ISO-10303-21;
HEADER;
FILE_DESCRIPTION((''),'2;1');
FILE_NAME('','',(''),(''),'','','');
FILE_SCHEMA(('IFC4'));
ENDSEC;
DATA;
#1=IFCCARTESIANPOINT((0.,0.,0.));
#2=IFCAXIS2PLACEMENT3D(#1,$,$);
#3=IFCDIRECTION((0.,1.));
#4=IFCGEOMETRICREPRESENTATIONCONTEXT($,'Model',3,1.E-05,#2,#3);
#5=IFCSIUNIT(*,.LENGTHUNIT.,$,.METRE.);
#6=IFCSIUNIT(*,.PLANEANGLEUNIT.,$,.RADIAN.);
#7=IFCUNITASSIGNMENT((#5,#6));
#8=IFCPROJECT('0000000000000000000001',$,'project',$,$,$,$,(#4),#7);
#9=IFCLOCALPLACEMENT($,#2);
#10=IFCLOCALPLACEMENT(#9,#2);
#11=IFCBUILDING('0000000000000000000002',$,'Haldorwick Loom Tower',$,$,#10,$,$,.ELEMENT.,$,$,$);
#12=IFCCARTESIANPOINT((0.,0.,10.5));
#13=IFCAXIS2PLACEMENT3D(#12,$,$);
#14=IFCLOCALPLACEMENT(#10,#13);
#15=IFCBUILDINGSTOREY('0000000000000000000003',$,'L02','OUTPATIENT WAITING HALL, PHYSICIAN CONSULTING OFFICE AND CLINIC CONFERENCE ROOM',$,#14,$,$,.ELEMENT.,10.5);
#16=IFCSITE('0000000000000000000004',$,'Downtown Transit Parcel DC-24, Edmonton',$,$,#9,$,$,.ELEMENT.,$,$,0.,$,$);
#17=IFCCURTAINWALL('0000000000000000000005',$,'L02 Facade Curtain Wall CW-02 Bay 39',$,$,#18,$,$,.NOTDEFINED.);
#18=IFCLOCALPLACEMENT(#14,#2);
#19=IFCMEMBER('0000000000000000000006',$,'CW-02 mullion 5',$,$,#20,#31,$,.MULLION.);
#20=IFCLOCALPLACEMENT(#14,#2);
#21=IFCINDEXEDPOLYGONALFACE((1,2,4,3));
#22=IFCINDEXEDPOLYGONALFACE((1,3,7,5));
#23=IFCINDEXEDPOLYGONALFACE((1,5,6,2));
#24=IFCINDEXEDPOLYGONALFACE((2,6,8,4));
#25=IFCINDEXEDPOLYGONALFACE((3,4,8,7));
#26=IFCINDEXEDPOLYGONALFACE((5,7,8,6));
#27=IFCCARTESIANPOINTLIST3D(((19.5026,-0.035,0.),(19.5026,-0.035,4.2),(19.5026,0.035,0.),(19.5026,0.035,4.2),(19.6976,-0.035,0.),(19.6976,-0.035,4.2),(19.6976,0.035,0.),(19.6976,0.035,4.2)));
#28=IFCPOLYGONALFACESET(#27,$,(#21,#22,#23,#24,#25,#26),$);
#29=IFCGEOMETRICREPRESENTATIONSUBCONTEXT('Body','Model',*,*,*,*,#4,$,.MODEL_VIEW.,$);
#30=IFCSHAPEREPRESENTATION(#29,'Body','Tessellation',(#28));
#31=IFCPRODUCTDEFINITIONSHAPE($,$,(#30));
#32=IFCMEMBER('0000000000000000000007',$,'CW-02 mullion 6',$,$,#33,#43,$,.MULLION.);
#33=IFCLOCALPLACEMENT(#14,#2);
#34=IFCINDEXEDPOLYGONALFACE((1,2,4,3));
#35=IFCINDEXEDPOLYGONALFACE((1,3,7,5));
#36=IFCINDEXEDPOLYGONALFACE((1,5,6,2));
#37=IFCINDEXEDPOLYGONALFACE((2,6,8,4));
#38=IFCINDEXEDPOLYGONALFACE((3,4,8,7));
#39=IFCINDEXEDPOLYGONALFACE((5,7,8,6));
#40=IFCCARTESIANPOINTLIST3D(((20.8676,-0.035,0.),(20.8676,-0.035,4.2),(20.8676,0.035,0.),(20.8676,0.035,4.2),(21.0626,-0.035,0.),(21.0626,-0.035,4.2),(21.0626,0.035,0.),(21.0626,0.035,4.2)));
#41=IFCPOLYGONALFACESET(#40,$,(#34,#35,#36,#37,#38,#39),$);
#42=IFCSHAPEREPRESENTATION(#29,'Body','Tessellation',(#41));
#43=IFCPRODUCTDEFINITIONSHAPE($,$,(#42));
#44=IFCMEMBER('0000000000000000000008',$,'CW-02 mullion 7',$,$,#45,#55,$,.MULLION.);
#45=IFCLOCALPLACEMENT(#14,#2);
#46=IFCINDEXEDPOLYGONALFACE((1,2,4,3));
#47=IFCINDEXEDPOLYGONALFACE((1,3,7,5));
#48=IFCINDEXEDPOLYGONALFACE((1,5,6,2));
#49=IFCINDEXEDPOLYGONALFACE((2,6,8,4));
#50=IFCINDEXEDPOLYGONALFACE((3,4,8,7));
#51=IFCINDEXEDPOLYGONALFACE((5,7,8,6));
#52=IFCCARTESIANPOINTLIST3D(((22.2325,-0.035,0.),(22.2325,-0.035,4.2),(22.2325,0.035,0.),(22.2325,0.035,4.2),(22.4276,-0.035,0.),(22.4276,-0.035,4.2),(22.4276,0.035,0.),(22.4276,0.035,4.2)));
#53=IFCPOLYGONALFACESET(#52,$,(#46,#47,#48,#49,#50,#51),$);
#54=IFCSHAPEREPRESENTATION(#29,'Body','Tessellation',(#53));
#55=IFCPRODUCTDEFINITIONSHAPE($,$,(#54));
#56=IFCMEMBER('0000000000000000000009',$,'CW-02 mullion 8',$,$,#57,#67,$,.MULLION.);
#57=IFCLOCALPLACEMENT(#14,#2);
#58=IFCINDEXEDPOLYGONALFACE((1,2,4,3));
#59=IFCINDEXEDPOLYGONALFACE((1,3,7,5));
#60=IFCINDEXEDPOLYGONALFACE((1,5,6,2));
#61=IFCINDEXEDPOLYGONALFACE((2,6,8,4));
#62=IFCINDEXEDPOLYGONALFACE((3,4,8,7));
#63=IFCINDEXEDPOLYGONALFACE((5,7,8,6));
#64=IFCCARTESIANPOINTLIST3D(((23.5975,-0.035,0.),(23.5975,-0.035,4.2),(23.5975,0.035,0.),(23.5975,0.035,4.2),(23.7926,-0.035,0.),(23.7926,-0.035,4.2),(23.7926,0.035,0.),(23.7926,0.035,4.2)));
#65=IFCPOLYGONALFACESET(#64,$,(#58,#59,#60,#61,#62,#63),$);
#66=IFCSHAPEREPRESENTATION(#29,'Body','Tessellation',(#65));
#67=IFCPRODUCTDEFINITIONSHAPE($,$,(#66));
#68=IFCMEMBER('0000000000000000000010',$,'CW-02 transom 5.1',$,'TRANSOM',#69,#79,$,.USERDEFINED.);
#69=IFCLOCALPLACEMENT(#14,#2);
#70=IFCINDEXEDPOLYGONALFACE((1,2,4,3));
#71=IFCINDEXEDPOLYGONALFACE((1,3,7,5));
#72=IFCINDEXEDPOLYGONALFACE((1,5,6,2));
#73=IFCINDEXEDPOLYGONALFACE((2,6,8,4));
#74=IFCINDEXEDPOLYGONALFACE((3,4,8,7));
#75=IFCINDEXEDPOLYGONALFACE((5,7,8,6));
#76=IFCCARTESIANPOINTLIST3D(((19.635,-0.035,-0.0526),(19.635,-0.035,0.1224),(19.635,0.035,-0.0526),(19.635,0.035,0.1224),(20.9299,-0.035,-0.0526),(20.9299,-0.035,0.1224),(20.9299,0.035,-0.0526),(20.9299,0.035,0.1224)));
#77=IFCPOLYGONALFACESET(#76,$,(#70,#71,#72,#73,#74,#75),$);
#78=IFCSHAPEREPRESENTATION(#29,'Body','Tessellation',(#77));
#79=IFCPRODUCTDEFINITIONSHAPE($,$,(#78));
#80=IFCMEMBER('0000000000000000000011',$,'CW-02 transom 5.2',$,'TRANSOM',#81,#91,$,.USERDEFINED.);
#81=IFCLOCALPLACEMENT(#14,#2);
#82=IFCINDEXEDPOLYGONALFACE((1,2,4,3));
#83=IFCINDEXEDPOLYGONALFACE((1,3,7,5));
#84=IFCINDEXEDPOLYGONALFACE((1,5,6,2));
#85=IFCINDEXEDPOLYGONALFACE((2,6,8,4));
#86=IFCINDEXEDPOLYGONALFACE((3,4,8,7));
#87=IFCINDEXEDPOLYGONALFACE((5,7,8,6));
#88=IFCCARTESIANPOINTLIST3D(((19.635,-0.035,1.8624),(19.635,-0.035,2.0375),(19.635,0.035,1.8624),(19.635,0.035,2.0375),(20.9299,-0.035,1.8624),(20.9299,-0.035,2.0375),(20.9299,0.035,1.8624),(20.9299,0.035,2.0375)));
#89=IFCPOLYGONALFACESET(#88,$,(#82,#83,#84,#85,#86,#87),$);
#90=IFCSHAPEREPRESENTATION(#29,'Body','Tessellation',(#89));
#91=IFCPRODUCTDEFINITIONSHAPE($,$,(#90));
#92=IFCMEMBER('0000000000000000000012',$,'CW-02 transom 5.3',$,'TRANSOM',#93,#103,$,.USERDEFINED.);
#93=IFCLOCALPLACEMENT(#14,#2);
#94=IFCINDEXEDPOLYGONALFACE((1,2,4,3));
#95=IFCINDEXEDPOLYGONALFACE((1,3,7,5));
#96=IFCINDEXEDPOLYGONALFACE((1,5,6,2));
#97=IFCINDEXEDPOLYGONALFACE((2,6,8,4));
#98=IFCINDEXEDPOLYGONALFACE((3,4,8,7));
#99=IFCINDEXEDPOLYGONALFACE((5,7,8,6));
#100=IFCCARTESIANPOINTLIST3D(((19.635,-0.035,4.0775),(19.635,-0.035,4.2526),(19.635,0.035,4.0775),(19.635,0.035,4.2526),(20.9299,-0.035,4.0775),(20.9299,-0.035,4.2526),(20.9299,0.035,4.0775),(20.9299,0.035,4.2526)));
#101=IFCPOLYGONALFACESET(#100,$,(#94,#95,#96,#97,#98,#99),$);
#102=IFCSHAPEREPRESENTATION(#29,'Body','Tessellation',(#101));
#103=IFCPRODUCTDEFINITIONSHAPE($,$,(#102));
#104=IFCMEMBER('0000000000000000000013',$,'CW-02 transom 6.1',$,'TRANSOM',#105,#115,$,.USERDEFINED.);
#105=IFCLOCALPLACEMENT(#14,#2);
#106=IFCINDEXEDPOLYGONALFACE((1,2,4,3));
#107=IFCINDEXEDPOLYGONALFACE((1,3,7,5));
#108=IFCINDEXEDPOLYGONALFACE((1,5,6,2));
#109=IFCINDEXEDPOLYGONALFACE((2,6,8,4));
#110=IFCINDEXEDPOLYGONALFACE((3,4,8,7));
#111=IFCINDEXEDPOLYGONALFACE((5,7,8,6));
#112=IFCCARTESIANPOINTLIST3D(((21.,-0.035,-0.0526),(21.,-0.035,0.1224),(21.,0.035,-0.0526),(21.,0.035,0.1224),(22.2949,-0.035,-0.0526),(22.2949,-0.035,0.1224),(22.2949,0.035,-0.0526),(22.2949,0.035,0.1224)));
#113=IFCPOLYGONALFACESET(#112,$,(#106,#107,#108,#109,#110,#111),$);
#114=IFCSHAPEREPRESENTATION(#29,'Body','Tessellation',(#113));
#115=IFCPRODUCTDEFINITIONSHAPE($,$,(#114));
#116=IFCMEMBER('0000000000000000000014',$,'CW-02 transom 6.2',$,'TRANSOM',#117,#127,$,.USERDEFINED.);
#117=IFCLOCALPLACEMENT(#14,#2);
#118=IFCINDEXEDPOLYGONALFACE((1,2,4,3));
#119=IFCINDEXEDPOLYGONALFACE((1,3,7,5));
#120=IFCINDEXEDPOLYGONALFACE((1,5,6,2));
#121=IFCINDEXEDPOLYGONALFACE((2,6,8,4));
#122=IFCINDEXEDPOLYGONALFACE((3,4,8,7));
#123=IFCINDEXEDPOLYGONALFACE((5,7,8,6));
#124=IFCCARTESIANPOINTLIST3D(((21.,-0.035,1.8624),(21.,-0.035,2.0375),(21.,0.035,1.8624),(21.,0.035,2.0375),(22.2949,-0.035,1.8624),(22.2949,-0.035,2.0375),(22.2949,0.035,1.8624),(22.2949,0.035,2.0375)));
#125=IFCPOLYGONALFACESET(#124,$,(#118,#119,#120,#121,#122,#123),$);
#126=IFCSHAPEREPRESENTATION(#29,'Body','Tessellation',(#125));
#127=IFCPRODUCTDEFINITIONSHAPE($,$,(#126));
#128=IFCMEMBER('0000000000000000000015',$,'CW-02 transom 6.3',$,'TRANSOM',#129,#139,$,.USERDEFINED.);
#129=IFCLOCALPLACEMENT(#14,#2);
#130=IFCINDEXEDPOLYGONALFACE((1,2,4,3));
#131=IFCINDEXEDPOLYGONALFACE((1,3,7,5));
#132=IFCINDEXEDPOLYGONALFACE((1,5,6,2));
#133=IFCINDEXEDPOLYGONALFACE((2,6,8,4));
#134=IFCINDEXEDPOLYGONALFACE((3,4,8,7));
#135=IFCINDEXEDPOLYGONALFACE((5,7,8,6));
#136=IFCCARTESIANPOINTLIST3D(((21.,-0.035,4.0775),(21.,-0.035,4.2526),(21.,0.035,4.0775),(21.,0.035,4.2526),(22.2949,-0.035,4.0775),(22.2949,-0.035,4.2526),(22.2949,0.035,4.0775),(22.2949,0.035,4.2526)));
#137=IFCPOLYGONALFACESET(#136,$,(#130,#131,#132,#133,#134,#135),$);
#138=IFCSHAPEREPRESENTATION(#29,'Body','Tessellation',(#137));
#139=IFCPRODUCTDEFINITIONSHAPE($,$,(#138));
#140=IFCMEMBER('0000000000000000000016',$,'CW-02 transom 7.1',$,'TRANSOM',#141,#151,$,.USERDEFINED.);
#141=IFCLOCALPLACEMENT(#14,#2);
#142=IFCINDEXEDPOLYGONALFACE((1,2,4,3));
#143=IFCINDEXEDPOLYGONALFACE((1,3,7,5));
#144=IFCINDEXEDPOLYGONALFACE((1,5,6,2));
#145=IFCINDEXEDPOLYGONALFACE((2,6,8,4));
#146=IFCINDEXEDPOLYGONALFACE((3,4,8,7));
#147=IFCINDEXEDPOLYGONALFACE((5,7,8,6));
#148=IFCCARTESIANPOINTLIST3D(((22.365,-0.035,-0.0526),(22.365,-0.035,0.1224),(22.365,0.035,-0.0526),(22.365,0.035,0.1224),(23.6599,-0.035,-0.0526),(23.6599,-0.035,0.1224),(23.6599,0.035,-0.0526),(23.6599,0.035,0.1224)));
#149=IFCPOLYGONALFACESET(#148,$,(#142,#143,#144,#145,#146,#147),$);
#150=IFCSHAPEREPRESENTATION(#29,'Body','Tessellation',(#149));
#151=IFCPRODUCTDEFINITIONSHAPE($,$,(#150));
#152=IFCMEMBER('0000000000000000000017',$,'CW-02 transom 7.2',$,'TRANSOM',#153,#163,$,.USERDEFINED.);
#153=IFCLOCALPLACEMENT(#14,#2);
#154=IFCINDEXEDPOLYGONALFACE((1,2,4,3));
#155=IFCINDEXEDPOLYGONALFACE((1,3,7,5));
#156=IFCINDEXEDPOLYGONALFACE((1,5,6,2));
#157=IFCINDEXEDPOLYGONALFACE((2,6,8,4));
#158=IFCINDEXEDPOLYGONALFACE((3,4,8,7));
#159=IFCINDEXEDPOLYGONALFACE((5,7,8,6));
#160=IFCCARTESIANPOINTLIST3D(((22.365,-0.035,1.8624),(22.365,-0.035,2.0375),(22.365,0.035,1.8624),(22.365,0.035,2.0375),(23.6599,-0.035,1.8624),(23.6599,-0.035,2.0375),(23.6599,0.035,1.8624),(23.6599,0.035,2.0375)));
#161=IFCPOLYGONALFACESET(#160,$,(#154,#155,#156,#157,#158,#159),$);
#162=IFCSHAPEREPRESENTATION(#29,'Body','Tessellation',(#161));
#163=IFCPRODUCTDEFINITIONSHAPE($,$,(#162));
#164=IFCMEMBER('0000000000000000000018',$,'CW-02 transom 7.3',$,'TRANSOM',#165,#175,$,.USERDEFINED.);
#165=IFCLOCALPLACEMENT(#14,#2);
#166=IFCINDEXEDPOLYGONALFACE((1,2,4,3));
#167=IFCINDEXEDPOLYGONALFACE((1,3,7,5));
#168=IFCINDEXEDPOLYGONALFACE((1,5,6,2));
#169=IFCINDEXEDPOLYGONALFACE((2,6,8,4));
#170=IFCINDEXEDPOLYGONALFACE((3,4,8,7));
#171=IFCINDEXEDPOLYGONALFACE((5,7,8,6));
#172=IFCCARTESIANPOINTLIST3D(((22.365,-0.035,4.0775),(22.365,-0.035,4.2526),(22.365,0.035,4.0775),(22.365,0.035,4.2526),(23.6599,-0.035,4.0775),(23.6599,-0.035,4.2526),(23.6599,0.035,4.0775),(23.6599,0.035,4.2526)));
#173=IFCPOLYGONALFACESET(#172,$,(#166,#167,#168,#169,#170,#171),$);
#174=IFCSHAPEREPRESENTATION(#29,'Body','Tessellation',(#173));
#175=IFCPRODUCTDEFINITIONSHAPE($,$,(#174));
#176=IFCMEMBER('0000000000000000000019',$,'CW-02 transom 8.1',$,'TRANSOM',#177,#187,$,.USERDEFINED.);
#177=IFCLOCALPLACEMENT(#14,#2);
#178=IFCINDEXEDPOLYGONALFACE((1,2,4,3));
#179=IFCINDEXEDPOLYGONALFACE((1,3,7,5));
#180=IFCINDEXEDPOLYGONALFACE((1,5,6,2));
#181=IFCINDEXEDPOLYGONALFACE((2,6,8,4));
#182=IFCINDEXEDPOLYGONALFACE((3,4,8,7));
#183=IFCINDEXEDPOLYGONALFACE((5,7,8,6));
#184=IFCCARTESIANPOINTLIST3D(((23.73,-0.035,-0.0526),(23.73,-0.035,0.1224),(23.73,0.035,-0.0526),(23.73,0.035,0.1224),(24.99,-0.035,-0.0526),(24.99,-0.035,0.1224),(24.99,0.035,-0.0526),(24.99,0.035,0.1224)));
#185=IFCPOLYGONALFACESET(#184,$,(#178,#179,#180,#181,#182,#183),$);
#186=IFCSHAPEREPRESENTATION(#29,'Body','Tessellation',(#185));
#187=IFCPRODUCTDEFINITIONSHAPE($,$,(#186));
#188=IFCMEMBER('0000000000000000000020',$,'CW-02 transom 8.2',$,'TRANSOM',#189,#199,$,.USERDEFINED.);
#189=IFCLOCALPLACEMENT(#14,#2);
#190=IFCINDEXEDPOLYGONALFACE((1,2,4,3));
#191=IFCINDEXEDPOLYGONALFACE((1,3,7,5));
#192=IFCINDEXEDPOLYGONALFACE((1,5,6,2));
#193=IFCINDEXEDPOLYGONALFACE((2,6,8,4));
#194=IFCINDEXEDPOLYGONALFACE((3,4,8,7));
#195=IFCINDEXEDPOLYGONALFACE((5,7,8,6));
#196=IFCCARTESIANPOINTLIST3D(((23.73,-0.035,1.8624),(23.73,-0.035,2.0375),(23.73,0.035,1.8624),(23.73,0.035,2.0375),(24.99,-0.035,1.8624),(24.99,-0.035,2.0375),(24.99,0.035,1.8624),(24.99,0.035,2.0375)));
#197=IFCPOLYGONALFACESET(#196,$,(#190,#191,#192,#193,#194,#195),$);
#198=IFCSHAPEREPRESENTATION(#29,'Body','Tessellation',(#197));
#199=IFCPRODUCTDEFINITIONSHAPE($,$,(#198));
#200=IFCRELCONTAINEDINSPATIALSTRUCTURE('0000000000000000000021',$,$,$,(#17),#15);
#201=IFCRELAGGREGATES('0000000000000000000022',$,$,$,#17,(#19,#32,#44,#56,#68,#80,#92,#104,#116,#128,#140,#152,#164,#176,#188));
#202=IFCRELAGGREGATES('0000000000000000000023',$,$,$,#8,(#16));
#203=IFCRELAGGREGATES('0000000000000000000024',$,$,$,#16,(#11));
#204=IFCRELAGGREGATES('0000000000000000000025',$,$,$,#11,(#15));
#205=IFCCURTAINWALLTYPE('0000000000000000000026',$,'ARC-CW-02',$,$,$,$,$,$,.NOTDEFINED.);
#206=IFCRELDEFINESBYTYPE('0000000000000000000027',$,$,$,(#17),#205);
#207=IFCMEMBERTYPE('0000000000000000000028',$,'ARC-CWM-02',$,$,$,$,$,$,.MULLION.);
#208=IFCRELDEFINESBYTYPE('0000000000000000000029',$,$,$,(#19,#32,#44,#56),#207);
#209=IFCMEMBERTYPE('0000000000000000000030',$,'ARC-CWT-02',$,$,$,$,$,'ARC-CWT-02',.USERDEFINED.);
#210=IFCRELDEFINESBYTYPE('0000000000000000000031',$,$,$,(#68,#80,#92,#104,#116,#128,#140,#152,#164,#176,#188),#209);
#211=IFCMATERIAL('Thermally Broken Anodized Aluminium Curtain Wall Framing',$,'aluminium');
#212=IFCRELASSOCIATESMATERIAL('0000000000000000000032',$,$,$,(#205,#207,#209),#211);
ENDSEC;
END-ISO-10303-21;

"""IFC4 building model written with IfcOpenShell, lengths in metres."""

from ifc_helpers import new_model, si_unit, direction, frame, origin, origin_2d, place, context, subcontext, project, spatial, rectangle, extrude, material, material_profile, profile_set, type_object, element, aggregate, save


model = new_model("IFC4")

# Units and contexts
model_context = context("Model", 3, precision=1e-05, world=origin(), true_north=direction((0.0, 1.0)))
body_context = subcontext(model_context, "Body", "Model", "MODEL_VIEW")
ifc_project = project(units=[si_unit("LENGTHUNIT", "METRE"), si_unit("PLANEANGLEUNIT", "RADIAN")], contexts=[model_context])

# Site, building, storey
site_placement = place(None, origin())
site = spatial("IfcSite", under=ifc_project, at=site_placement, Name="Downtown Transit Parcel DC-24, Edmonton", CompositionType="ELEMENT", RefElevation=0.0)
building_placement = place(site_placement, origin())
building = spatial("IfcBuilding", under=site, at=building_placement, Name="Haldorwick Loom Tower", CompositionType="ELEMENT")
storey_placement = place(building_placement, frame((0.0, 0.0, 10.5)))
storey = spatial("IfcBuildingStorey", under=building, at=storey_placement, Name="L02", Description="OUTPATIENT WAITING HALL, PHYSICIAN CONSULTING OFFICE AND CLINIC CONFERENCE ROOM", CompositionType="ELEMENT", Elevation=10.5)

# Curtain wall, members
ifc_material_1 = material(Name="Thermally Broken Anodized Aluminium Curtain Wall Framing", Category="aluminium")
curtain_wall_type = type_object("IfcCurtainWallType", Name="ARC-CW-02", PredefinedType="NOTDEFINED", material=ifc_material_1)
curtain_wall_placement = place(storey_placement, origin())
curtain_wall = element("IfcCurtainWall", 1, at=curtain_wall_placement, inside=storey, type_object=curtain_wall_type, Name="L02 Facade Curtain Wall CW-02 Bay 39", PredefinedType="NOTDEFINED")
ifc_material_profile_1 = material_profile(ifc_material_1, rectangle(XDim=0.0701, YDim=0.1951, at=origin_2d()), Name="ALU_MUL_70X195", Category="aluminium")
ifc_profile_set_1 = profile_set([ifc_material_profile_1], Name="Thermally Broken Anodized Aluminium Curtain Wall Framing")
member_type_1 = type_object("IfcMemberType", Name="ARC-CWM-02", PredefinedType="MULLION", material=ifc_profile_set_1)
member_1_placement = place(storey_placement, frame((19.6001, 0.0, 0.0), z_axis=(0.0, 0.0, 1.0), x_axis=(0.0, 1.0, 0.0)))
member_1 = element("IfcMember", 2, at=member_1_placement, type_object=member_type_1, Name="CW-02 mullion 5", PredefinedType="MULLION", context=body_context, shape_type="SweptSolid", body=[
    extrude(rectangle(XDim=0.0701, YDim=0.1951, at=origin_2d()), origin(), (0.0, 0.0, 1.0), 4.2),
])
member_2_placement = place(storey_placement, frame((20.9651, 0.0, 0.0), z_axis=(0.0, 0.0, 1.0), x_axis=(0.0, 1.0, 0.0)))
member_2 = element("IfcMember", 3, at=member_2_placement, type_object=member_type_1, Name="CW-02 mullion 6", PredefinedType="MULLION", context=body_context, shape_type="SweptSolid", body=[
    extrude(rectangle(XDim=0.0701, YDim=0.1951, at=origin_2d()), origin(), (0.0, 0.0, 1.0), 4.2),
])
member_3_placement = place(storey_placement, frame((22.3301, 0.0, 0.0), z_axis=(0.0, 0.0, 1.0), x_axis=(0.0, 1.0, 0.0)))
member_3 = element("IfcMember", 4, at=member_3_placement, type_object=member_type_1, Name="CW-02 mullion 7", PredefinedType="MULLION", context=body_context, shape_type="SweptSolid", body=[
    extrude(rectangle(XDim=0.0701, YDim=0.1951, at=origin_2d()), origin(), (0.0, 0.0, 1.0), 4.2),
])
member_4_placement = place(storey_placement, frame((23.6951, 0.0, 0.0), z_axis=(0.0, 0.0, 1.0), x_axis=(0.0, 1.0, 0.0)))
member_4 = element("IfcMember", 5, at=member_4_placement, type_object=member_type_1, Name="CW-02 mullion 8", PredefinedType="MULLION", context=body_context, shape_type="SweptSolid", body=[
    extrude(rectangle(XDim=0.0701, YDim=0.1951, at=origin_2d()), origin(), (0.0, 0.0, 1.0), 4.2),
])
ifc_material_profile_2 = material_profile(ifc_material_1, rectangle(XDim=0.0701, YDim=0.175, at=origin_2d()), Name="ALU_TRN_70X175", Category="aluminium")
ifc_profile_set_2 = profile_set([ifc_material_profile_2], Name="Thermally Broken Anodized Aluminium Curtain Wall Framing")
member_type_2 = type_object("IfcMemberType", Name="ARC-CWT-02", ElementType="ARC-CWT-02", PredefinedType="USERDEFINED", material=ifc_profile_set_2)
member_5_placement = place(storey_placement, frame((19.635, 0.0, 0.0349), z_axis=(1.0, 0.0, 0.0), x_axis=(0.0, 1.0, 0.0)))
member_5 = element("IfcMember", 6, at=member_5_placement, type_object=member_type_2, Name="CW-02 transom 5.1", ObjectType="TRANSOM", PredefinedType="USERDEFINED", context=body_context, shape_type="SweptSolid", body=[
    extrude(rectangle(XDim=0.0701, YDim=0.175, at=origin_2d()), origin(), (0.0, 0.0, 1.0), 1.2949),
])
member_6_placement = place(storey_placement, frame((19.635, 0.0, 1.95), z_axis=(1.0, 0.0, 0.0), x_axis=(0.0, 1.0, 0.0)))
member_6 = element("IfcMember", 7, at=member_6_placement, type_object=member_type_2, Name="CW-02 transom 5.2", ObjectType="TRANSOM", PredefinedType="USERDEFINED", context=body_context, shape_type="SweptSolid", body=[
    extrude(rectangle(XDim=0.0701, YDim=0.175, at=origin_2d()), origin(), (0.0, 0.0, 1.0), 1.2949),
])
member_7_placement = place(storey_placement, frame((19.635, 0.0, 4.165), z_axis=(1.0, 0.0, 0.0), x_axis=(0.0, 1.0, 0.0)))
member_7 = element("IfcMember", 8, at=member_7_placement, type_object=member_type_2, Name="CW-02 transom 5.3", ObjectType="TRANSOM", PredefinedType="USERDEFINED", context=body_context, shape_type="SweptSolid", body=[
    extrude(rectangle(XDim=0.0701, YDim=0.175, at=origin_2d()), origin(), (0.0, 0.0, 1.0), 1.2949),
])
member_8_placement = place(storey_placement, frame((21.0, 0.0, 0.0349), z_axis=(1.0, 0.0, 0.0), x_axis=(0.0, 1.0, 0.0)))
member_8 = element("IfcMember", 9, at=member_8_placement, type_object=member_type_2, Name="CW-02 transom 6.1", ObjectType="TRANSOM", PredefinedType="USERDEFINED", context=body_context, shape_type="SweptSolid", body=[
    extrude(rectangle(XDim=0.0701, YDim=0.175, at=origin_2d()), origin(), (0.0, 0.0, 1.0), 1.2949),
])
member_9_placement = place(storey_placement, frame((21.0, 0.0, 1.95), z_axis=(1.0, 0.0, 0.0), x_axis=(0.0, 1.0, 0.0)))
member_9 = element("IfcMember", 10, at=member_9_placement, type_object=member_type_2, Name="CW-02 transom 6.2", ObjectType="TRANSOM", PredefinedType="USERDEFINED", context=body_context, shape_type="SweptSolid", body=[
    extrude(rectangle(XDim=0.0701, YDim=0.175, at=origin_2d()), origin(), (0.0, 0.0, 1.0), 1.2949),
])
member_10_placement = place(storey_placement, frame((21.0, 0.0, 4.165), z_axis=(1.0, 0.0, 0.0), x_axis=(0.0, 1.0, 0.0)))
member_10 = element("IfcMember", 11, at=member_10_placement, type_object=member_type_2, Name="CW-02 transom 6.3", ObjectType="TRANSOM", PredefinedType="USERDEFINED", context=body_context, shape_type="SweptSolid", body=[
    extrude(rectangle(XDim=0.0701, YDim=0.175, at=origin_2d()), origin(), (0.0, 0.0, 1.0), 1.2949),
])
member_11_placement = place(storey_placement, frame((22.365, 0.0, 0.0349), z_axis=(1.0, 0.0, 0.0), x_axis=(0.0, 1.0, 0.0)))
member_11 = element("IfcMember", 12, at=member_11_placement, type_object=member_type_2, Name="CW-02 transom 7.1", ObjectType="TRANSOM", PredefinedType="USERDEFINED", context=body_context, shape_type="SweptSolid", body=[
    extrude(rectangle(XDim=0.0701, YDim=0.175, at=origin_2d()), origin(), (0.0, 0.0, 1.0), 1.2949),
])
member_12_placement = place(storey_placement, frame((22.365, 0.0, 1.95), z_axis=(1.0, 0.0, 0.0), x_axis=(0.0, 1.0, 0.0)))
member_12 = element("IfcMember", 13, at=member_12_placement, type_object=member_type_2, Name="CW-02 transom 7.2", ObjectType="TRANSOM", PredefinedType="USERDEFINED", context=body_context, shape_type="SweptSolid", body=[
    extrude(rectangle(XDim=0.0701, YDim=0.175, at=origin_2d()), origin(), (0.0, 0.0, 1.0), 1.2949),
])
member_13_placement = place(storey_placement, frame((22.365, 0.0, 4.165), z_axis=(1.0, 0.0, 0.0), x_axis=(0.0, 1.0, 0.0)))
member_13 = element("IfcMember", 14, at=member_13_placement, type_object=member_type_2, Name="CW-02 transom 7.3", ObjectType="TRANSOM", PredefinedType="USERDEFINED", context=body_context, shape_type="SweptSolid", body=[
    extrude(rectangle(XDim=0.0701, YDim=0.175, at=origin_2d()), origin(), (0.0, 0.0, 1.0), 1.2949),
])
member_14_placement = place(storey_placement, frame((23.73, 0.0, 0.0349), z_axis=(1.0, 0.0, 0.0), x_axis=(0.0, 1.0, 0.0)))
member_14 = element("IfcMember", 15, at=member_14_placement, type_object=member_type_2, Name="CW-02 transom 8.1", ObjectType="TRANSOM", PredefinedType="USERDEFINED", context=body_context, shape_type="SweptSolid", body=[
    extrude(rectangle(XDim=0.0701, YDim=0.175, at=origin_2d()), origin(), (0.0, 0.0, 1.0), 1.26),
])
member_15_placement = place(storey_placement, frame((23.73, 0.0, 1.95), z_axis=(1.0, 0.0, 0.0), x_axis=(0.0, 1.0, 0.0)))
member_15 = element("IfcMember", 16, at=member_15_placement, type_object=member_type_2, Name="CW-02 transom 8.2", ObjectType="TRANSOM", PredefinedType="USERDEFINED", context=body_context, shape_type="SweptSolid", body=[
    extrude(rectangle(XDim=0.0701, YDim=0.175, at=origin_2d()), origin(), (0.0, 0.0, 1.0), 1.26),
])
aggregate(curtain_wall, [member_1, member_2, member_3, member_4, member_5, member_6, member_7, member_8, member_9, member_10, member_11, member_12, member_13, member_14, member_15])

save(model, "model.ifc")
